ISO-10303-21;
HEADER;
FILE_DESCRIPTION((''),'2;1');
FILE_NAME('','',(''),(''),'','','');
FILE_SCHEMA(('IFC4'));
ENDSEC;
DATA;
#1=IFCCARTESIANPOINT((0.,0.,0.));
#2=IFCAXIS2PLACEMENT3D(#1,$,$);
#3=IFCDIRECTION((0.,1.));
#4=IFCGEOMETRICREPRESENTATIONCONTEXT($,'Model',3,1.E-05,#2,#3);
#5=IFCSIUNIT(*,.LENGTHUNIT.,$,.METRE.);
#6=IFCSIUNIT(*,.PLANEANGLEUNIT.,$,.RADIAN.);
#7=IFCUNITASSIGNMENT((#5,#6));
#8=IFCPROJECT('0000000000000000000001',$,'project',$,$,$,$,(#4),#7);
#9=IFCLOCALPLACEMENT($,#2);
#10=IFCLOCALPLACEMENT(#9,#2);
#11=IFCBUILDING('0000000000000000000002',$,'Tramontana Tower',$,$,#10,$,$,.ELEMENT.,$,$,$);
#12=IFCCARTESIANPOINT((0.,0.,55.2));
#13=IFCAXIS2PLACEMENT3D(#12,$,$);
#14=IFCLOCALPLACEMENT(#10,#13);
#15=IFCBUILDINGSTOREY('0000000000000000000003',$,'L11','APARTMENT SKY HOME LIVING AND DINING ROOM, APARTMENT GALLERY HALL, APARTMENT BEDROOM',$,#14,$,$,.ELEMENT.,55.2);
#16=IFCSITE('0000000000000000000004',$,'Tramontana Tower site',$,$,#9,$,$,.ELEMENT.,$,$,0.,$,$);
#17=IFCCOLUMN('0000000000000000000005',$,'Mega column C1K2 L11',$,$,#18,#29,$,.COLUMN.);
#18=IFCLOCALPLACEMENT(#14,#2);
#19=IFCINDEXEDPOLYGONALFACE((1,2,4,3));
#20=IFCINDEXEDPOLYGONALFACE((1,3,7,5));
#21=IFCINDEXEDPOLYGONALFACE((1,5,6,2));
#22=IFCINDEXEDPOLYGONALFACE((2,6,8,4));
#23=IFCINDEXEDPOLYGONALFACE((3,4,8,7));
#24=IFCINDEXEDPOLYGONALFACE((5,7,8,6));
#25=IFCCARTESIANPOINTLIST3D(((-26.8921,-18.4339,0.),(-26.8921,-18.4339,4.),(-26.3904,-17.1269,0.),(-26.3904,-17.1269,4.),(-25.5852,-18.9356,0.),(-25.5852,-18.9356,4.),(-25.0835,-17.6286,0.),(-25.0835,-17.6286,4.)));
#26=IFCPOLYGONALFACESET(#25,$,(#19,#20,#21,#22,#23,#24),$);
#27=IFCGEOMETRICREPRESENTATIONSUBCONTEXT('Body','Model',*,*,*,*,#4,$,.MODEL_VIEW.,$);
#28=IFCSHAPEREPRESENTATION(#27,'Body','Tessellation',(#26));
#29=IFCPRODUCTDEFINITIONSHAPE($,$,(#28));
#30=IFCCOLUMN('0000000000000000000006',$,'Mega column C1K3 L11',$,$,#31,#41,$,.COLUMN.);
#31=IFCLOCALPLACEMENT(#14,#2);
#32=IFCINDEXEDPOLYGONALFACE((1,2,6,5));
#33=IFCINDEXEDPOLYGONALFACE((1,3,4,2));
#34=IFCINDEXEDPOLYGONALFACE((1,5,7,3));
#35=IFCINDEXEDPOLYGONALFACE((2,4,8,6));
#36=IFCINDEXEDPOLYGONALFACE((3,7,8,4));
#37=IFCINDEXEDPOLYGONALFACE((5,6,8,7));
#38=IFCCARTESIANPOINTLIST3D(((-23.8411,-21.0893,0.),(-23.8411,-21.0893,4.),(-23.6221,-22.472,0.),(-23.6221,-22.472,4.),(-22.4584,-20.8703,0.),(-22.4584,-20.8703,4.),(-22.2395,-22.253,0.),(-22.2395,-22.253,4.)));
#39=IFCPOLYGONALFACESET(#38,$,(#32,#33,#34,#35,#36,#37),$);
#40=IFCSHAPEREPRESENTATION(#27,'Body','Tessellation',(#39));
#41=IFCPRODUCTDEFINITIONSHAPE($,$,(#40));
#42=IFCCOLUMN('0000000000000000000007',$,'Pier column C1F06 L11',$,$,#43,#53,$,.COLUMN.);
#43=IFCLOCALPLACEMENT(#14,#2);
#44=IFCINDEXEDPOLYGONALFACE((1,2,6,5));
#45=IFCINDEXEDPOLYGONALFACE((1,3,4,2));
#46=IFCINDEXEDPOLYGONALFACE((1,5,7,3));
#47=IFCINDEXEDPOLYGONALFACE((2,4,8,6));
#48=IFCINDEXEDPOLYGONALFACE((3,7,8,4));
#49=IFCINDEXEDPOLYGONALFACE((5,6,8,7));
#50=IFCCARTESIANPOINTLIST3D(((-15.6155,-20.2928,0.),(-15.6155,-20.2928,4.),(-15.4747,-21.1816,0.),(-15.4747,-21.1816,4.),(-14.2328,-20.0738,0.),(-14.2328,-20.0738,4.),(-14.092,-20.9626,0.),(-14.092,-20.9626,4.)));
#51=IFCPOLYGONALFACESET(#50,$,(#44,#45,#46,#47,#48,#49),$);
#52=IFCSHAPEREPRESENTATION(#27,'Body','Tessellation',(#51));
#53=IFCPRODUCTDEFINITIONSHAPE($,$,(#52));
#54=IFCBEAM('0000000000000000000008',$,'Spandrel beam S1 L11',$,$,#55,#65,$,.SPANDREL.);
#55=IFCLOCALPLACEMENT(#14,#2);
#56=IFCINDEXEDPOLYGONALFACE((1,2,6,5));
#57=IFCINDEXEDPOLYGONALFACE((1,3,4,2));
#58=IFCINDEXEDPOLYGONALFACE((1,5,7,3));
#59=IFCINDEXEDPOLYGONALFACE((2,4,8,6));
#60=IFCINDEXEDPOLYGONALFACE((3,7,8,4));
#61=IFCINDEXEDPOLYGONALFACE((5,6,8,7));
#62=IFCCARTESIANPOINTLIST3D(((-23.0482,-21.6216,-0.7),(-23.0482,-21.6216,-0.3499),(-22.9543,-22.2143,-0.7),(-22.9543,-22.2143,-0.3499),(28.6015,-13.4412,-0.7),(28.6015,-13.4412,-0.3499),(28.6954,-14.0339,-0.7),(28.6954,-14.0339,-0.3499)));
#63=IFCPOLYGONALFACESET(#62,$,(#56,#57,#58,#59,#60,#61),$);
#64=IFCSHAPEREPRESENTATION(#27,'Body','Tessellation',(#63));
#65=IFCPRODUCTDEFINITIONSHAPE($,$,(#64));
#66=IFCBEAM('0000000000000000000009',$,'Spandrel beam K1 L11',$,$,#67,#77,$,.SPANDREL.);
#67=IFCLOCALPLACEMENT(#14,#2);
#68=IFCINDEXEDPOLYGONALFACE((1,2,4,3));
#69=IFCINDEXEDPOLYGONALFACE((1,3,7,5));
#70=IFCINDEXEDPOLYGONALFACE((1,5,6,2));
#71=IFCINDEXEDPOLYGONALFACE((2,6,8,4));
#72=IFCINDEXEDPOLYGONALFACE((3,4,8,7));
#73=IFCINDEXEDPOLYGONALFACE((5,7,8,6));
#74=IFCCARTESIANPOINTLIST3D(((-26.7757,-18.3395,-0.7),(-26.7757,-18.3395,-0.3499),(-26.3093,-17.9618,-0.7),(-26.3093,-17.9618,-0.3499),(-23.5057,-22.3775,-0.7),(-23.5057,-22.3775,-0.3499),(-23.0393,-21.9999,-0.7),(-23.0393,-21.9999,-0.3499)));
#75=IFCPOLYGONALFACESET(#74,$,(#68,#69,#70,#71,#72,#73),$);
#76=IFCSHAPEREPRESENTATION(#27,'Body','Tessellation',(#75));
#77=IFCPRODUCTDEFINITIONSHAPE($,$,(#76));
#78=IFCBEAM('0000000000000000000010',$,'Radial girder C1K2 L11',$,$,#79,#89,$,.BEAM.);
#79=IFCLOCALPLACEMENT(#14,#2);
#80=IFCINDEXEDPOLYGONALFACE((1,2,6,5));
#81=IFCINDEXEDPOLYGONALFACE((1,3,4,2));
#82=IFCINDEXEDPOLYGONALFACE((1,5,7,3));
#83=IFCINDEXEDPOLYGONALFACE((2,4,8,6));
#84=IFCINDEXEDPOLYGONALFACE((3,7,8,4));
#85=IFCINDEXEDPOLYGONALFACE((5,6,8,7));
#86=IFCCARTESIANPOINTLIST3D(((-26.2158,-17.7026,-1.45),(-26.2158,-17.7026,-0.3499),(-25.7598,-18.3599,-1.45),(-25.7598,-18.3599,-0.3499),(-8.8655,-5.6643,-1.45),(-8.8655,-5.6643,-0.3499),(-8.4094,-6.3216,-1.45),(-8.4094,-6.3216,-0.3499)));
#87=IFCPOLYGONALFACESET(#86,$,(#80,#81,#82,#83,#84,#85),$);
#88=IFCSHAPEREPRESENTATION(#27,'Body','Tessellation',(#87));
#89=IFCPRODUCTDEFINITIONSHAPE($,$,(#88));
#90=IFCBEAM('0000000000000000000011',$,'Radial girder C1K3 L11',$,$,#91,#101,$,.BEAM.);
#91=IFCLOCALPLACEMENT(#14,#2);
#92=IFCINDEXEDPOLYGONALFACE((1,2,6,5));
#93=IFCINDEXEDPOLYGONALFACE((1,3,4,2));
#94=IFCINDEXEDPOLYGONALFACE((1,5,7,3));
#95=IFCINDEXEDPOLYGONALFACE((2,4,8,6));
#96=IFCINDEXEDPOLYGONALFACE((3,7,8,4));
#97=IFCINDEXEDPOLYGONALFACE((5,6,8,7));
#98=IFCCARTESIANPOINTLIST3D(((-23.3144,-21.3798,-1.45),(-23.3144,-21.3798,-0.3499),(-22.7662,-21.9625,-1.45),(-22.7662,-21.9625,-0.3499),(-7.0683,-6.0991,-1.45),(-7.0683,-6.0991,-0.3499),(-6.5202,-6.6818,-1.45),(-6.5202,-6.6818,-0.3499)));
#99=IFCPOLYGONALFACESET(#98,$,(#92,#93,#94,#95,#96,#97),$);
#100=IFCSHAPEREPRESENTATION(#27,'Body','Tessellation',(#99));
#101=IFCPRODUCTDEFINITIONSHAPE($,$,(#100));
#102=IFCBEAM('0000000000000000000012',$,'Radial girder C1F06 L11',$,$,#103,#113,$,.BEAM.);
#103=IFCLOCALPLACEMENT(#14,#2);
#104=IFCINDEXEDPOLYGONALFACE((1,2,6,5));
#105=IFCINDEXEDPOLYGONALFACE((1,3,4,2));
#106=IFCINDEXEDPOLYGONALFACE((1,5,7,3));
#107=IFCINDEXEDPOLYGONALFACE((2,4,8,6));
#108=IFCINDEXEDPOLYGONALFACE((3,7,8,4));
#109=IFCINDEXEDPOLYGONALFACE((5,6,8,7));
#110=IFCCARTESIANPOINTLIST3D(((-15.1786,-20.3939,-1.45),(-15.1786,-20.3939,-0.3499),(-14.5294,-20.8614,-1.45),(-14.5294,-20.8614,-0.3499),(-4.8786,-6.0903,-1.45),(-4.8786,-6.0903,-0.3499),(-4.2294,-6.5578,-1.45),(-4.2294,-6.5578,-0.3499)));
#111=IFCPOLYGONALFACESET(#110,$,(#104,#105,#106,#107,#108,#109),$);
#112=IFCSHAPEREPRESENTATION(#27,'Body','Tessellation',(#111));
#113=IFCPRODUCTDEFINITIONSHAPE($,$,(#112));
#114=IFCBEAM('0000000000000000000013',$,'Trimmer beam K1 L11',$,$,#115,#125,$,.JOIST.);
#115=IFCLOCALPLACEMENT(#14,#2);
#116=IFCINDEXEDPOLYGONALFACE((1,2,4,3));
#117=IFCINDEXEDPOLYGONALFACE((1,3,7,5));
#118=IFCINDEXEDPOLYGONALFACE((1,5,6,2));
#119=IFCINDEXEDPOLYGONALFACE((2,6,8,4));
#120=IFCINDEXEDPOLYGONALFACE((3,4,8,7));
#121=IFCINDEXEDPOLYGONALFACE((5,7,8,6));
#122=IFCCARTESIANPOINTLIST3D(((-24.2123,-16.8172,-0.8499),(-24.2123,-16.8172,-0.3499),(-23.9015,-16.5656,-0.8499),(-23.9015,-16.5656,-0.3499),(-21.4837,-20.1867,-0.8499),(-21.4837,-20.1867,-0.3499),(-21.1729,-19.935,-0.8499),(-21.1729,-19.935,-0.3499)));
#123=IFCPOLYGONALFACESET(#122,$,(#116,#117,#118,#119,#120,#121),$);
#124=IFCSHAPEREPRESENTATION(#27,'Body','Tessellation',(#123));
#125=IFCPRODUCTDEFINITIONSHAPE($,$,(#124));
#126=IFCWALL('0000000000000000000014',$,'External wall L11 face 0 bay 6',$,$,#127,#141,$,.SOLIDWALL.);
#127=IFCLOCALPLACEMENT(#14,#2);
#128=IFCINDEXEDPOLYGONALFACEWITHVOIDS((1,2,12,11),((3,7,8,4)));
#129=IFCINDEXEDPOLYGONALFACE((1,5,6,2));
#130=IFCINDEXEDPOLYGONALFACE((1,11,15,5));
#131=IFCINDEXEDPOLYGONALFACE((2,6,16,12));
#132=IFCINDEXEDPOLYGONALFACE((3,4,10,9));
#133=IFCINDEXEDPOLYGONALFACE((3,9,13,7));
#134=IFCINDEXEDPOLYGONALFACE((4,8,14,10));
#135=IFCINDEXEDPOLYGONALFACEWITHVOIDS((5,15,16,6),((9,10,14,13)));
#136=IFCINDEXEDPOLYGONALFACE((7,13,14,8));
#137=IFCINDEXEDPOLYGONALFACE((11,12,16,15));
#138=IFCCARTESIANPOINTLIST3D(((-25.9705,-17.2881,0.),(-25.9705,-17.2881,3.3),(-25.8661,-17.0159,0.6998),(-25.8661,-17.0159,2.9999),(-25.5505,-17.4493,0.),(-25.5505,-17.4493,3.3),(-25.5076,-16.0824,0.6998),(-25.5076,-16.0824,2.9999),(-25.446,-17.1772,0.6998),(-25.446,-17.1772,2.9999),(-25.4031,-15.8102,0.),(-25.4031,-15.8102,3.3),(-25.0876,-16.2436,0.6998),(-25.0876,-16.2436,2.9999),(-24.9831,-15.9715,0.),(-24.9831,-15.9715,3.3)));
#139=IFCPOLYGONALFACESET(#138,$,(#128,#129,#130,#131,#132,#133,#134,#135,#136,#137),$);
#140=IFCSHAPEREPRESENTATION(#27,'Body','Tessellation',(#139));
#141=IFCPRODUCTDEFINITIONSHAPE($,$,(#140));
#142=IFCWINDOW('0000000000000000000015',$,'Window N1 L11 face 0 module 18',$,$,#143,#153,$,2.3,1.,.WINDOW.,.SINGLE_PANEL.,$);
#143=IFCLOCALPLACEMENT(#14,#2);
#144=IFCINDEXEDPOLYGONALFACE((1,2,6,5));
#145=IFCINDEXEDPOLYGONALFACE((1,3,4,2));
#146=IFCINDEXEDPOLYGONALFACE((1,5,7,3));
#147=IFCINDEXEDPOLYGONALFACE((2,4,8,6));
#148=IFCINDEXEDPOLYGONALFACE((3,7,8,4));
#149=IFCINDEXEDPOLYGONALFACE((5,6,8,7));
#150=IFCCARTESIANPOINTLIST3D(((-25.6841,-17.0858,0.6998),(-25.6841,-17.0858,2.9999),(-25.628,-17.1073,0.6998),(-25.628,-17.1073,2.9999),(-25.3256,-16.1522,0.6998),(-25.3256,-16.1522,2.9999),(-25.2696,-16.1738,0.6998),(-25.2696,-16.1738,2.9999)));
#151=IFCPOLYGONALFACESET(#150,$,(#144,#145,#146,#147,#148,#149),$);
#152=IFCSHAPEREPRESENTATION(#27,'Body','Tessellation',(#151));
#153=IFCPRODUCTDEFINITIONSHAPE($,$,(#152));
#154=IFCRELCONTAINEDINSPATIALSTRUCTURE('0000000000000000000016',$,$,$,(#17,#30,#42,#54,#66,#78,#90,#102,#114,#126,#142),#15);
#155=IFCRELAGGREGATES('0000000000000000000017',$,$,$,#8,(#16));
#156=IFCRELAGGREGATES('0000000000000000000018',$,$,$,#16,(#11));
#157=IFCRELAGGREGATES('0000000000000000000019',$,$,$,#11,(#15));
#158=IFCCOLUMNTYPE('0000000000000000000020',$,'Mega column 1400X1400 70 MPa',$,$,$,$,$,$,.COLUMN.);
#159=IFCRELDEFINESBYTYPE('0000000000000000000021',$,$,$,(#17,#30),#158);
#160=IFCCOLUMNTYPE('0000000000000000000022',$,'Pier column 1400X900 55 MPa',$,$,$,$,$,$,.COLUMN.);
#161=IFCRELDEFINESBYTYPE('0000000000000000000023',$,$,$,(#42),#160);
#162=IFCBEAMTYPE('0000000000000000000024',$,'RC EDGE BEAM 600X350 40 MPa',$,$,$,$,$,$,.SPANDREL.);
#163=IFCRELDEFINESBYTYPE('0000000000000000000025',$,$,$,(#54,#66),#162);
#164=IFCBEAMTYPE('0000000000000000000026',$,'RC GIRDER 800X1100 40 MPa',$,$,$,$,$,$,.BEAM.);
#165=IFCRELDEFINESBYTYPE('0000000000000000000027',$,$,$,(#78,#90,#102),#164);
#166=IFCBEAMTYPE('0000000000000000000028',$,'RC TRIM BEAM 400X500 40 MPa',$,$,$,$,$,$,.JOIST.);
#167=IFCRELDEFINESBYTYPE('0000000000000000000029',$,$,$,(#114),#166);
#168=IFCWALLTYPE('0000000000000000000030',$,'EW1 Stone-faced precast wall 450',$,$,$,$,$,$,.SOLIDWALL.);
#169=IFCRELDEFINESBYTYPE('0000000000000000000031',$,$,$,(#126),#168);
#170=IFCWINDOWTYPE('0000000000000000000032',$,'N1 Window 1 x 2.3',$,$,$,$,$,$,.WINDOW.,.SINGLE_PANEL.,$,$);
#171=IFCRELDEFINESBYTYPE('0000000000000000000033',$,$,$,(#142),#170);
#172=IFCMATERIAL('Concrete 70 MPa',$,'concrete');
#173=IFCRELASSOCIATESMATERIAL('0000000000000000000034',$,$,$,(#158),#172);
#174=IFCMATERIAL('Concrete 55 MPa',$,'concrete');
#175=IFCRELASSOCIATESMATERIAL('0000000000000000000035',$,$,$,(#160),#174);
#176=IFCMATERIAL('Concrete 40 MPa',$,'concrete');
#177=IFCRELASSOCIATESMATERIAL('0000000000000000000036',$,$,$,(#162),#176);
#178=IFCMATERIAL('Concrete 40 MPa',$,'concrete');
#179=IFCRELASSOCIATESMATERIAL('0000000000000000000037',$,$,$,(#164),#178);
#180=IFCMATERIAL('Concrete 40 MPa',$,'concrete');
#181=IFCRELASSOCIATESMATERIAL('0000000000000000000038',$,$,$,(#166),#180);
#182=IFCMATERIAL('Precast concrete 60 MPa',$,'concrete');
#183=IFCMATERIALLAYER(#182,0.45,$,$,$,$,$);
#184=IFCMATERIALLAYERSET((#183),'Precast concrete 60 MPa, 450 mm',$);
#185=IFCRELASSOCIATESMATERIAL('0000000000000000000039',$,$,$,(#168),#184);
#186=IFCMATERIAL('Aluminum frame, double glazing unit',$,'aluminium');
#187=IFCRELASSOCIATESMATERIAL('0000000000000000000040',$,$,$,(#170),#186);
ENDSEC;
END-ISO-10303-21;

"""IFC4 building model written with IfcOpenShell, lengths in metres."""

from ifc_helpers import new_model, si_unit, direction, frame, frame_2d, origin, origin_2d, place, context, subcontext, project, spatial, rectangle, extrude, material, layer, layer_set, material_profile, profile_set, type_object, element, fill, save


model = new_model("IFC4")

# Units and contexts
model_context = context("Model", 3, precision=1e-05, world=origin(), true_north=direction((0.0, 1.0)))
body_context = subcontext(model_context, "Body", "Model", "MODEL_VIEW")
ifc_project = project(units=[si_unit("LENGTHUNIT", "METRE"), si_unit("PLANEANGLEUNIT", "RADIAN")], contexts=[model_context])

# Site, building, storey
site_placement = place(None, origin())
site = spatial("IfcSite", under=ifc_project, at=site_placement, Name="Tramontana Tower site", CompositionType="ELEMENT", RefElevation=0.0)
building_placement = place(site_placement, origin())
building = spatial("IfcBuilding", under=site, at=building_placement, Name="Tramontana Tower", CompositionType="ELEMENT")
storey_placement = place(building_placement, frame((0.0, 0.0, 55.2)))
storey = spatial("IfcBuildingStorey", under=building, at=storey_placement, Name="L11", Description="APARTMENT SKY HOME LIVING AND DINING ROOM, APARTMENT GALLERY HALL, APARTMENT BEDROOM", CompositionType="ELEMENT", Elevation=55.2)

# Columns
ifc_material_1 = material(Name="Concrete 70 MPa", Category="concrete")
ifc_material_profile_1 = material_profile(ifc_material_1, rectangle(XDim=1.3999, YDim=1.3999, at=origin_2d()), Name="Mega column 1400X1400 70 MPa")
ifc_profile_set_1 = profile_set([ifc_material_profile_1], Name="Concrete 70 MPa")
column_type_1 = type_object("IfcColumnType", Name="Mega column 1400X1400 70 MPa", PredefinedType="COLUMN", material=ifc_profile_set_1)
for number, where, z_axis, x_axis, name in (
    (1, (-25.9878, -18.0312, 0.0), (0.0, 0.0, 1.0), (-0.358368, -0.93358, 0.0), "Mega column C1K2 L11"),
    (2, (-23.0403, -21.6711, 0.0), (0.0, 0.0, 1.0), (0.987688, 0.156434, 0.0), "Mega column C1K3 L11"),
):
    element("IfcColumn", number, at=place(storey_placement, frame(where, z_axis=z_axis, x_axis=x_axis)), inside=storey, type_object=column_type_1, Name=name, PredefinedType="COLUMN", context=body_context, shape_type="SweptSolid", body=[
        extrude(rectangle(XDim=1.3999, YDim=1.3999, at=origin_2d()), origin(), (0.0, 0.0, 1.0), 4.0),
    ])
ifc_material_2 = material(Name="Concrete 55 MPa", Category="concrete")
ifc_material_profile_2 = material_profile(ifc_material_2, rectangle(XDim=1.3999, YDim=0.8999, at=origin_2d()), Name="Pier column 1400X900 55 MPa")
ifc_profile_set_2 = profile_set([ifc_material_profile_2], Name="Concrete 55 MPa")
column_type_2 = type_object("IfcColumnType", Name="Pier column 1400X900 55 MPa", PredefinedType="COLUMN", material=ifc_profile_set_2)
column_placement = place(storey_placement, frame((-14.8538, -20.6277, 0.0), z_axis=(0.0, 0.0, 1.0), x_axis=(0.987688, 0.156434, 0.0)))
element("IfcColumn", 3, at=column_placement, inside=storey, type_object=column_type_2, Name="Pier column C1F06 L11", PredefinedType="COLUMN", context=body_context, shape_type="SweptSolid", body=[
    extrude(rectangle(XDim=1.3999, YDim=0.8999, at=origin_2d()), origin(), (0.0, 0.0, 1.0), 4.0),
])

# Beams
ifc_material_3 = material(Name="Concrete 40 MPa", Category="concrete")
ifc_material_profile_3 = material_profile(ifc_material_3, rectangle(XDim=0.6001, YDim=0.3501, at=origin_2d()), Name="RC EDGE BEAM 600X350 40 MPa")
ifc_profile_set_3 = profile_set([ifc_material_profile_3], Name="Concrete 40 MPa")
beam_type_1 = type_object("IfcBeamType", Name="RC EDGE BEAM 600X350 40 MPa", PredefinedType="SPANDREL", material=ifc_profile_set_3)
beam_1_placement = place(storey_placement, frame((-23.0012, -21.918, -0.5249), z_axis=(0.987689, 0.156433, 0.0), x_axis=(-0.156433, 0.987689, 0.0)))
element("IfcBeam", 4, at=beam_1_placement, inside=storey, type_object=beam_type_1, Name="Spandrel beam S1 L11", PredefinedType="SPANDREL", context=body_context, shape_type="SweptSolid", body=[
    extrude(rectangle(XDim=0.6001, YDim=0.3501, at=origin_2d()), origin(), (0.0, 0.0, 1.0), 52.2935),
])
beam_2_placement = place(storey_placement, frame((-26.5425, -18.1506, -0.5249), z_axis=(0.629325, -0.777142, 0.0), x_axis=(0.777142, 0.629325, 0.0)))
element("IfcBeam", 5, at=beam_2_placement, inside=storey, type_object=beam_type_1, Name="Spandrel beam K1 L11", PredefinedType="SPANDREL", context=body_context, shape_type="SweptSolid", body=[
    extrude(rectangle(XDim=0.6001, YDim=0.3501, at=origin_2d()), origin(), (0.0, 0.0, 1.0), 5.196),
])
ifc_material_4 = material(Name="Concrete 40 MPa", Category="concrete")
ifc_material_profile_4 = material_profile(ifc_material_4, rectangle(XDim=0.8, YDim=1.1001, at=origin_2d()), Name="RC GIRDER 800X1100 40 MPa")
ifc_profile_set_4 = profile_set([ifc_material_profile_4], Name="Concrete 40 MPa")
beam_type_2 = type_object("IfcBeamType", Name="RC GIRDER 800X1100 40 MPa", PredefinedType="BEAM", material=ifc_profile_set_4)
beam_3_placement = place(storey_placement, frame((-25.9878, -18.0312, -0.8999), z_axis=(0.821603, 0.57006, 0.0), x_axis=(-0.57006, 0.821603, 0.0)))
element("IfcBeam", 6, at=beam_3_placement, inside=storey, type_object=beam_type_2, Name="Radial girder C1K2 L11", PredefinedType="BEAM", context=body_context, shape_type="SweptSolid", body=[
    extrude(rectangle(XDim=0.8, YDim=1.1001, at=origin_2d()), origin(), (0.0, 0.0, 1.0), 21.1177),
])
beam_4_placement = place(storey_placement, frame((-23.0403, -21.6711, -0.8999), z_axis=(0.728417, 0.685135, 0.0), x_axis=(-0.685135, 0.728417, 0.0)))
element("IfcBeam", 7, at=beam_4_placement, inside=storey, type_object=beam_type_2, Name="Radial girder C1K3 L11", PredefinedType="BEAM", context=body_context, shape_type="SweptSolid", body=[
    extrude(rectangle(XDim=0.8, YDim=1.1001, at=origin_2d()), origin(), (0.0, 0.0, 1.0), 22.3032),
])
beam_5_placement = place(storey_placement, frame((-14.854, -20.6277, -0.8999), z_axis=(0.584356, 0.811497, 0.0), x_axis=(-0.811497, 0.584356, 0.0)))
element("IfcBeam", 8, at=beam_5_placement, inside=storey, type_object=beam_type_2, Name="Radial girder C1F06 L11", PredefinedType="BEAM", context=body_context, shape_type="SweptSolid", body=[
    extrude(rectangle(XDim=0.8, YDim=1.1001, at=origin_2d()), origin(), (0.0, 0.0, 1.0), 17.6262),
])
ifc_material_5 = material(Name="Concrete 40 MPa", Category="concrete")
ifc_material_profile_5 = material_profile(ifc_material_5, rectangle(XDim=0.3999, YDim=0.5, at=origin_2d()), Name="RC TRIM BEAM 400X500 40 MPa")
ifc_profile_set_5 = profile_set([ifc_material_profile_5], Name="Concrete 40 MPa")
beam_type_3 = type_object("IfcBeamType", Name="RC TRIM BEAM 400X500 40 MPa", PredefinedType="JOIST", material=ifc_profile_set_5)
beam_6_placement = place(storey_placement, frame((-24.0569, -16.6914, -0.5999), z_axis=(0.629326, -0.777141, 0.0), x_axis=(0.777141, 0.629326, 0.0)))
element("IfcBeam", 9, at=beam_6_placement, inside=storey, type_object=beam_type_3, Name="Trimmer beam K1 L11", PredefinedType="JOIST", context=body_context, shape_type="SweptSolid", body=[
    extrude(rectangle(XDim=0.3999, YDim=0.5, at=origin_2d()), origin(), (0.0, 0.0, 1.0), 4.3357),
])

# Wall, opening, window
ifc_material_6 = material(Name="Precast concrete 60 MPa", Category="concrete")
ifc_layer_1 = layer(ifc_material_6, 0.45)
ifc_layer_set_1 = layer_set([ifc_layer_1], Name="Precast concrete 60 MPa, 450 mm")
wall_type_1 = type_object("IfcWallType", Name="EW1 Stone-faced precast wall 450", PredefinedType="SOLIDWALL", material=ifc_layer_set_1)
wall_1_placement = place(storey_placement, frame((-25.1931, -15.8909, 0.0), z_axis=(0.0, 0.0, 1.0), x_axis=(-0.358431, -0.933556, 0.0)))
wall_1 = element("IfcWall", 10, at=wall_1_placement, inside=storey, type_object=wall_type_1, Name="External wall L11 face 0 bay 6", PredefinedType="SOLIDWALL", context=body_context, shape_type="SweptSolid", body=[
    extrude(rectangle(XDim=1.583, YDim=0.45, at=frame_2d((0.7915, 0.0))), origin(), (0.0, 0.0, 1.0), 3.3),
])
opening_1_placement = place(wall_1_placement, frame((0.2915, 0.0, 0.7)))
opening_1 = element("IfcOpeningElement", 11, at=opening_1_placement, cuts=wall_1, PredefinedType="OPENING", context=body_context, shape_type="SweptSolid", body=[
    extrude(rectangle(XDim=1.0, YDim=2.3, at=frame_2d((0.5, 1.1499))), frame((0.0, 0.2349, 0.0), z_axis=(0.0, -1.0, 0.0), x_axis=(1.0, 0.0, 0.0)), (0.0, 0.0, 1.0), 0.47),
])
ifc_material_7 = material(Name="Aluminum frame, double glazing unit", Category="aluminium")
window_type_1 = type_object("IfcWindowType", Name="N1 Window 1 x 2.3", PartitioningType="SINGLE_PANEL", PredefinedType="WINDOW", material=ifc_material_7)
window_1_placement = place(opening_1_placement, origin())
window_1 = element("IfcWindow", 12, at=window_1_placement, inside=storey, type_object=window_type_1, Name="Window N1 L11 face 0 module 18", OverallHeight=2.3, OverallWidth=1.0, PartitioningType="SINGLE_PANEL", PredefinedType="WINDOW", context=body_context, shape_type="SweptSolid", body=[
    extrude(rectangle(XDim=1.0, YDim=2.3, at=frame_2d((0.5, 1.1499))), frame((0.0, 0.03, 0.0), z_axis=(0.0, -1.0, 0.0), x_axis=(1.0, 0.0, 0.0)), (0.0, 0.0, 1.0), 0.0601),
])
fill(opening_1, window_1)

save(model, "model.ifc")
